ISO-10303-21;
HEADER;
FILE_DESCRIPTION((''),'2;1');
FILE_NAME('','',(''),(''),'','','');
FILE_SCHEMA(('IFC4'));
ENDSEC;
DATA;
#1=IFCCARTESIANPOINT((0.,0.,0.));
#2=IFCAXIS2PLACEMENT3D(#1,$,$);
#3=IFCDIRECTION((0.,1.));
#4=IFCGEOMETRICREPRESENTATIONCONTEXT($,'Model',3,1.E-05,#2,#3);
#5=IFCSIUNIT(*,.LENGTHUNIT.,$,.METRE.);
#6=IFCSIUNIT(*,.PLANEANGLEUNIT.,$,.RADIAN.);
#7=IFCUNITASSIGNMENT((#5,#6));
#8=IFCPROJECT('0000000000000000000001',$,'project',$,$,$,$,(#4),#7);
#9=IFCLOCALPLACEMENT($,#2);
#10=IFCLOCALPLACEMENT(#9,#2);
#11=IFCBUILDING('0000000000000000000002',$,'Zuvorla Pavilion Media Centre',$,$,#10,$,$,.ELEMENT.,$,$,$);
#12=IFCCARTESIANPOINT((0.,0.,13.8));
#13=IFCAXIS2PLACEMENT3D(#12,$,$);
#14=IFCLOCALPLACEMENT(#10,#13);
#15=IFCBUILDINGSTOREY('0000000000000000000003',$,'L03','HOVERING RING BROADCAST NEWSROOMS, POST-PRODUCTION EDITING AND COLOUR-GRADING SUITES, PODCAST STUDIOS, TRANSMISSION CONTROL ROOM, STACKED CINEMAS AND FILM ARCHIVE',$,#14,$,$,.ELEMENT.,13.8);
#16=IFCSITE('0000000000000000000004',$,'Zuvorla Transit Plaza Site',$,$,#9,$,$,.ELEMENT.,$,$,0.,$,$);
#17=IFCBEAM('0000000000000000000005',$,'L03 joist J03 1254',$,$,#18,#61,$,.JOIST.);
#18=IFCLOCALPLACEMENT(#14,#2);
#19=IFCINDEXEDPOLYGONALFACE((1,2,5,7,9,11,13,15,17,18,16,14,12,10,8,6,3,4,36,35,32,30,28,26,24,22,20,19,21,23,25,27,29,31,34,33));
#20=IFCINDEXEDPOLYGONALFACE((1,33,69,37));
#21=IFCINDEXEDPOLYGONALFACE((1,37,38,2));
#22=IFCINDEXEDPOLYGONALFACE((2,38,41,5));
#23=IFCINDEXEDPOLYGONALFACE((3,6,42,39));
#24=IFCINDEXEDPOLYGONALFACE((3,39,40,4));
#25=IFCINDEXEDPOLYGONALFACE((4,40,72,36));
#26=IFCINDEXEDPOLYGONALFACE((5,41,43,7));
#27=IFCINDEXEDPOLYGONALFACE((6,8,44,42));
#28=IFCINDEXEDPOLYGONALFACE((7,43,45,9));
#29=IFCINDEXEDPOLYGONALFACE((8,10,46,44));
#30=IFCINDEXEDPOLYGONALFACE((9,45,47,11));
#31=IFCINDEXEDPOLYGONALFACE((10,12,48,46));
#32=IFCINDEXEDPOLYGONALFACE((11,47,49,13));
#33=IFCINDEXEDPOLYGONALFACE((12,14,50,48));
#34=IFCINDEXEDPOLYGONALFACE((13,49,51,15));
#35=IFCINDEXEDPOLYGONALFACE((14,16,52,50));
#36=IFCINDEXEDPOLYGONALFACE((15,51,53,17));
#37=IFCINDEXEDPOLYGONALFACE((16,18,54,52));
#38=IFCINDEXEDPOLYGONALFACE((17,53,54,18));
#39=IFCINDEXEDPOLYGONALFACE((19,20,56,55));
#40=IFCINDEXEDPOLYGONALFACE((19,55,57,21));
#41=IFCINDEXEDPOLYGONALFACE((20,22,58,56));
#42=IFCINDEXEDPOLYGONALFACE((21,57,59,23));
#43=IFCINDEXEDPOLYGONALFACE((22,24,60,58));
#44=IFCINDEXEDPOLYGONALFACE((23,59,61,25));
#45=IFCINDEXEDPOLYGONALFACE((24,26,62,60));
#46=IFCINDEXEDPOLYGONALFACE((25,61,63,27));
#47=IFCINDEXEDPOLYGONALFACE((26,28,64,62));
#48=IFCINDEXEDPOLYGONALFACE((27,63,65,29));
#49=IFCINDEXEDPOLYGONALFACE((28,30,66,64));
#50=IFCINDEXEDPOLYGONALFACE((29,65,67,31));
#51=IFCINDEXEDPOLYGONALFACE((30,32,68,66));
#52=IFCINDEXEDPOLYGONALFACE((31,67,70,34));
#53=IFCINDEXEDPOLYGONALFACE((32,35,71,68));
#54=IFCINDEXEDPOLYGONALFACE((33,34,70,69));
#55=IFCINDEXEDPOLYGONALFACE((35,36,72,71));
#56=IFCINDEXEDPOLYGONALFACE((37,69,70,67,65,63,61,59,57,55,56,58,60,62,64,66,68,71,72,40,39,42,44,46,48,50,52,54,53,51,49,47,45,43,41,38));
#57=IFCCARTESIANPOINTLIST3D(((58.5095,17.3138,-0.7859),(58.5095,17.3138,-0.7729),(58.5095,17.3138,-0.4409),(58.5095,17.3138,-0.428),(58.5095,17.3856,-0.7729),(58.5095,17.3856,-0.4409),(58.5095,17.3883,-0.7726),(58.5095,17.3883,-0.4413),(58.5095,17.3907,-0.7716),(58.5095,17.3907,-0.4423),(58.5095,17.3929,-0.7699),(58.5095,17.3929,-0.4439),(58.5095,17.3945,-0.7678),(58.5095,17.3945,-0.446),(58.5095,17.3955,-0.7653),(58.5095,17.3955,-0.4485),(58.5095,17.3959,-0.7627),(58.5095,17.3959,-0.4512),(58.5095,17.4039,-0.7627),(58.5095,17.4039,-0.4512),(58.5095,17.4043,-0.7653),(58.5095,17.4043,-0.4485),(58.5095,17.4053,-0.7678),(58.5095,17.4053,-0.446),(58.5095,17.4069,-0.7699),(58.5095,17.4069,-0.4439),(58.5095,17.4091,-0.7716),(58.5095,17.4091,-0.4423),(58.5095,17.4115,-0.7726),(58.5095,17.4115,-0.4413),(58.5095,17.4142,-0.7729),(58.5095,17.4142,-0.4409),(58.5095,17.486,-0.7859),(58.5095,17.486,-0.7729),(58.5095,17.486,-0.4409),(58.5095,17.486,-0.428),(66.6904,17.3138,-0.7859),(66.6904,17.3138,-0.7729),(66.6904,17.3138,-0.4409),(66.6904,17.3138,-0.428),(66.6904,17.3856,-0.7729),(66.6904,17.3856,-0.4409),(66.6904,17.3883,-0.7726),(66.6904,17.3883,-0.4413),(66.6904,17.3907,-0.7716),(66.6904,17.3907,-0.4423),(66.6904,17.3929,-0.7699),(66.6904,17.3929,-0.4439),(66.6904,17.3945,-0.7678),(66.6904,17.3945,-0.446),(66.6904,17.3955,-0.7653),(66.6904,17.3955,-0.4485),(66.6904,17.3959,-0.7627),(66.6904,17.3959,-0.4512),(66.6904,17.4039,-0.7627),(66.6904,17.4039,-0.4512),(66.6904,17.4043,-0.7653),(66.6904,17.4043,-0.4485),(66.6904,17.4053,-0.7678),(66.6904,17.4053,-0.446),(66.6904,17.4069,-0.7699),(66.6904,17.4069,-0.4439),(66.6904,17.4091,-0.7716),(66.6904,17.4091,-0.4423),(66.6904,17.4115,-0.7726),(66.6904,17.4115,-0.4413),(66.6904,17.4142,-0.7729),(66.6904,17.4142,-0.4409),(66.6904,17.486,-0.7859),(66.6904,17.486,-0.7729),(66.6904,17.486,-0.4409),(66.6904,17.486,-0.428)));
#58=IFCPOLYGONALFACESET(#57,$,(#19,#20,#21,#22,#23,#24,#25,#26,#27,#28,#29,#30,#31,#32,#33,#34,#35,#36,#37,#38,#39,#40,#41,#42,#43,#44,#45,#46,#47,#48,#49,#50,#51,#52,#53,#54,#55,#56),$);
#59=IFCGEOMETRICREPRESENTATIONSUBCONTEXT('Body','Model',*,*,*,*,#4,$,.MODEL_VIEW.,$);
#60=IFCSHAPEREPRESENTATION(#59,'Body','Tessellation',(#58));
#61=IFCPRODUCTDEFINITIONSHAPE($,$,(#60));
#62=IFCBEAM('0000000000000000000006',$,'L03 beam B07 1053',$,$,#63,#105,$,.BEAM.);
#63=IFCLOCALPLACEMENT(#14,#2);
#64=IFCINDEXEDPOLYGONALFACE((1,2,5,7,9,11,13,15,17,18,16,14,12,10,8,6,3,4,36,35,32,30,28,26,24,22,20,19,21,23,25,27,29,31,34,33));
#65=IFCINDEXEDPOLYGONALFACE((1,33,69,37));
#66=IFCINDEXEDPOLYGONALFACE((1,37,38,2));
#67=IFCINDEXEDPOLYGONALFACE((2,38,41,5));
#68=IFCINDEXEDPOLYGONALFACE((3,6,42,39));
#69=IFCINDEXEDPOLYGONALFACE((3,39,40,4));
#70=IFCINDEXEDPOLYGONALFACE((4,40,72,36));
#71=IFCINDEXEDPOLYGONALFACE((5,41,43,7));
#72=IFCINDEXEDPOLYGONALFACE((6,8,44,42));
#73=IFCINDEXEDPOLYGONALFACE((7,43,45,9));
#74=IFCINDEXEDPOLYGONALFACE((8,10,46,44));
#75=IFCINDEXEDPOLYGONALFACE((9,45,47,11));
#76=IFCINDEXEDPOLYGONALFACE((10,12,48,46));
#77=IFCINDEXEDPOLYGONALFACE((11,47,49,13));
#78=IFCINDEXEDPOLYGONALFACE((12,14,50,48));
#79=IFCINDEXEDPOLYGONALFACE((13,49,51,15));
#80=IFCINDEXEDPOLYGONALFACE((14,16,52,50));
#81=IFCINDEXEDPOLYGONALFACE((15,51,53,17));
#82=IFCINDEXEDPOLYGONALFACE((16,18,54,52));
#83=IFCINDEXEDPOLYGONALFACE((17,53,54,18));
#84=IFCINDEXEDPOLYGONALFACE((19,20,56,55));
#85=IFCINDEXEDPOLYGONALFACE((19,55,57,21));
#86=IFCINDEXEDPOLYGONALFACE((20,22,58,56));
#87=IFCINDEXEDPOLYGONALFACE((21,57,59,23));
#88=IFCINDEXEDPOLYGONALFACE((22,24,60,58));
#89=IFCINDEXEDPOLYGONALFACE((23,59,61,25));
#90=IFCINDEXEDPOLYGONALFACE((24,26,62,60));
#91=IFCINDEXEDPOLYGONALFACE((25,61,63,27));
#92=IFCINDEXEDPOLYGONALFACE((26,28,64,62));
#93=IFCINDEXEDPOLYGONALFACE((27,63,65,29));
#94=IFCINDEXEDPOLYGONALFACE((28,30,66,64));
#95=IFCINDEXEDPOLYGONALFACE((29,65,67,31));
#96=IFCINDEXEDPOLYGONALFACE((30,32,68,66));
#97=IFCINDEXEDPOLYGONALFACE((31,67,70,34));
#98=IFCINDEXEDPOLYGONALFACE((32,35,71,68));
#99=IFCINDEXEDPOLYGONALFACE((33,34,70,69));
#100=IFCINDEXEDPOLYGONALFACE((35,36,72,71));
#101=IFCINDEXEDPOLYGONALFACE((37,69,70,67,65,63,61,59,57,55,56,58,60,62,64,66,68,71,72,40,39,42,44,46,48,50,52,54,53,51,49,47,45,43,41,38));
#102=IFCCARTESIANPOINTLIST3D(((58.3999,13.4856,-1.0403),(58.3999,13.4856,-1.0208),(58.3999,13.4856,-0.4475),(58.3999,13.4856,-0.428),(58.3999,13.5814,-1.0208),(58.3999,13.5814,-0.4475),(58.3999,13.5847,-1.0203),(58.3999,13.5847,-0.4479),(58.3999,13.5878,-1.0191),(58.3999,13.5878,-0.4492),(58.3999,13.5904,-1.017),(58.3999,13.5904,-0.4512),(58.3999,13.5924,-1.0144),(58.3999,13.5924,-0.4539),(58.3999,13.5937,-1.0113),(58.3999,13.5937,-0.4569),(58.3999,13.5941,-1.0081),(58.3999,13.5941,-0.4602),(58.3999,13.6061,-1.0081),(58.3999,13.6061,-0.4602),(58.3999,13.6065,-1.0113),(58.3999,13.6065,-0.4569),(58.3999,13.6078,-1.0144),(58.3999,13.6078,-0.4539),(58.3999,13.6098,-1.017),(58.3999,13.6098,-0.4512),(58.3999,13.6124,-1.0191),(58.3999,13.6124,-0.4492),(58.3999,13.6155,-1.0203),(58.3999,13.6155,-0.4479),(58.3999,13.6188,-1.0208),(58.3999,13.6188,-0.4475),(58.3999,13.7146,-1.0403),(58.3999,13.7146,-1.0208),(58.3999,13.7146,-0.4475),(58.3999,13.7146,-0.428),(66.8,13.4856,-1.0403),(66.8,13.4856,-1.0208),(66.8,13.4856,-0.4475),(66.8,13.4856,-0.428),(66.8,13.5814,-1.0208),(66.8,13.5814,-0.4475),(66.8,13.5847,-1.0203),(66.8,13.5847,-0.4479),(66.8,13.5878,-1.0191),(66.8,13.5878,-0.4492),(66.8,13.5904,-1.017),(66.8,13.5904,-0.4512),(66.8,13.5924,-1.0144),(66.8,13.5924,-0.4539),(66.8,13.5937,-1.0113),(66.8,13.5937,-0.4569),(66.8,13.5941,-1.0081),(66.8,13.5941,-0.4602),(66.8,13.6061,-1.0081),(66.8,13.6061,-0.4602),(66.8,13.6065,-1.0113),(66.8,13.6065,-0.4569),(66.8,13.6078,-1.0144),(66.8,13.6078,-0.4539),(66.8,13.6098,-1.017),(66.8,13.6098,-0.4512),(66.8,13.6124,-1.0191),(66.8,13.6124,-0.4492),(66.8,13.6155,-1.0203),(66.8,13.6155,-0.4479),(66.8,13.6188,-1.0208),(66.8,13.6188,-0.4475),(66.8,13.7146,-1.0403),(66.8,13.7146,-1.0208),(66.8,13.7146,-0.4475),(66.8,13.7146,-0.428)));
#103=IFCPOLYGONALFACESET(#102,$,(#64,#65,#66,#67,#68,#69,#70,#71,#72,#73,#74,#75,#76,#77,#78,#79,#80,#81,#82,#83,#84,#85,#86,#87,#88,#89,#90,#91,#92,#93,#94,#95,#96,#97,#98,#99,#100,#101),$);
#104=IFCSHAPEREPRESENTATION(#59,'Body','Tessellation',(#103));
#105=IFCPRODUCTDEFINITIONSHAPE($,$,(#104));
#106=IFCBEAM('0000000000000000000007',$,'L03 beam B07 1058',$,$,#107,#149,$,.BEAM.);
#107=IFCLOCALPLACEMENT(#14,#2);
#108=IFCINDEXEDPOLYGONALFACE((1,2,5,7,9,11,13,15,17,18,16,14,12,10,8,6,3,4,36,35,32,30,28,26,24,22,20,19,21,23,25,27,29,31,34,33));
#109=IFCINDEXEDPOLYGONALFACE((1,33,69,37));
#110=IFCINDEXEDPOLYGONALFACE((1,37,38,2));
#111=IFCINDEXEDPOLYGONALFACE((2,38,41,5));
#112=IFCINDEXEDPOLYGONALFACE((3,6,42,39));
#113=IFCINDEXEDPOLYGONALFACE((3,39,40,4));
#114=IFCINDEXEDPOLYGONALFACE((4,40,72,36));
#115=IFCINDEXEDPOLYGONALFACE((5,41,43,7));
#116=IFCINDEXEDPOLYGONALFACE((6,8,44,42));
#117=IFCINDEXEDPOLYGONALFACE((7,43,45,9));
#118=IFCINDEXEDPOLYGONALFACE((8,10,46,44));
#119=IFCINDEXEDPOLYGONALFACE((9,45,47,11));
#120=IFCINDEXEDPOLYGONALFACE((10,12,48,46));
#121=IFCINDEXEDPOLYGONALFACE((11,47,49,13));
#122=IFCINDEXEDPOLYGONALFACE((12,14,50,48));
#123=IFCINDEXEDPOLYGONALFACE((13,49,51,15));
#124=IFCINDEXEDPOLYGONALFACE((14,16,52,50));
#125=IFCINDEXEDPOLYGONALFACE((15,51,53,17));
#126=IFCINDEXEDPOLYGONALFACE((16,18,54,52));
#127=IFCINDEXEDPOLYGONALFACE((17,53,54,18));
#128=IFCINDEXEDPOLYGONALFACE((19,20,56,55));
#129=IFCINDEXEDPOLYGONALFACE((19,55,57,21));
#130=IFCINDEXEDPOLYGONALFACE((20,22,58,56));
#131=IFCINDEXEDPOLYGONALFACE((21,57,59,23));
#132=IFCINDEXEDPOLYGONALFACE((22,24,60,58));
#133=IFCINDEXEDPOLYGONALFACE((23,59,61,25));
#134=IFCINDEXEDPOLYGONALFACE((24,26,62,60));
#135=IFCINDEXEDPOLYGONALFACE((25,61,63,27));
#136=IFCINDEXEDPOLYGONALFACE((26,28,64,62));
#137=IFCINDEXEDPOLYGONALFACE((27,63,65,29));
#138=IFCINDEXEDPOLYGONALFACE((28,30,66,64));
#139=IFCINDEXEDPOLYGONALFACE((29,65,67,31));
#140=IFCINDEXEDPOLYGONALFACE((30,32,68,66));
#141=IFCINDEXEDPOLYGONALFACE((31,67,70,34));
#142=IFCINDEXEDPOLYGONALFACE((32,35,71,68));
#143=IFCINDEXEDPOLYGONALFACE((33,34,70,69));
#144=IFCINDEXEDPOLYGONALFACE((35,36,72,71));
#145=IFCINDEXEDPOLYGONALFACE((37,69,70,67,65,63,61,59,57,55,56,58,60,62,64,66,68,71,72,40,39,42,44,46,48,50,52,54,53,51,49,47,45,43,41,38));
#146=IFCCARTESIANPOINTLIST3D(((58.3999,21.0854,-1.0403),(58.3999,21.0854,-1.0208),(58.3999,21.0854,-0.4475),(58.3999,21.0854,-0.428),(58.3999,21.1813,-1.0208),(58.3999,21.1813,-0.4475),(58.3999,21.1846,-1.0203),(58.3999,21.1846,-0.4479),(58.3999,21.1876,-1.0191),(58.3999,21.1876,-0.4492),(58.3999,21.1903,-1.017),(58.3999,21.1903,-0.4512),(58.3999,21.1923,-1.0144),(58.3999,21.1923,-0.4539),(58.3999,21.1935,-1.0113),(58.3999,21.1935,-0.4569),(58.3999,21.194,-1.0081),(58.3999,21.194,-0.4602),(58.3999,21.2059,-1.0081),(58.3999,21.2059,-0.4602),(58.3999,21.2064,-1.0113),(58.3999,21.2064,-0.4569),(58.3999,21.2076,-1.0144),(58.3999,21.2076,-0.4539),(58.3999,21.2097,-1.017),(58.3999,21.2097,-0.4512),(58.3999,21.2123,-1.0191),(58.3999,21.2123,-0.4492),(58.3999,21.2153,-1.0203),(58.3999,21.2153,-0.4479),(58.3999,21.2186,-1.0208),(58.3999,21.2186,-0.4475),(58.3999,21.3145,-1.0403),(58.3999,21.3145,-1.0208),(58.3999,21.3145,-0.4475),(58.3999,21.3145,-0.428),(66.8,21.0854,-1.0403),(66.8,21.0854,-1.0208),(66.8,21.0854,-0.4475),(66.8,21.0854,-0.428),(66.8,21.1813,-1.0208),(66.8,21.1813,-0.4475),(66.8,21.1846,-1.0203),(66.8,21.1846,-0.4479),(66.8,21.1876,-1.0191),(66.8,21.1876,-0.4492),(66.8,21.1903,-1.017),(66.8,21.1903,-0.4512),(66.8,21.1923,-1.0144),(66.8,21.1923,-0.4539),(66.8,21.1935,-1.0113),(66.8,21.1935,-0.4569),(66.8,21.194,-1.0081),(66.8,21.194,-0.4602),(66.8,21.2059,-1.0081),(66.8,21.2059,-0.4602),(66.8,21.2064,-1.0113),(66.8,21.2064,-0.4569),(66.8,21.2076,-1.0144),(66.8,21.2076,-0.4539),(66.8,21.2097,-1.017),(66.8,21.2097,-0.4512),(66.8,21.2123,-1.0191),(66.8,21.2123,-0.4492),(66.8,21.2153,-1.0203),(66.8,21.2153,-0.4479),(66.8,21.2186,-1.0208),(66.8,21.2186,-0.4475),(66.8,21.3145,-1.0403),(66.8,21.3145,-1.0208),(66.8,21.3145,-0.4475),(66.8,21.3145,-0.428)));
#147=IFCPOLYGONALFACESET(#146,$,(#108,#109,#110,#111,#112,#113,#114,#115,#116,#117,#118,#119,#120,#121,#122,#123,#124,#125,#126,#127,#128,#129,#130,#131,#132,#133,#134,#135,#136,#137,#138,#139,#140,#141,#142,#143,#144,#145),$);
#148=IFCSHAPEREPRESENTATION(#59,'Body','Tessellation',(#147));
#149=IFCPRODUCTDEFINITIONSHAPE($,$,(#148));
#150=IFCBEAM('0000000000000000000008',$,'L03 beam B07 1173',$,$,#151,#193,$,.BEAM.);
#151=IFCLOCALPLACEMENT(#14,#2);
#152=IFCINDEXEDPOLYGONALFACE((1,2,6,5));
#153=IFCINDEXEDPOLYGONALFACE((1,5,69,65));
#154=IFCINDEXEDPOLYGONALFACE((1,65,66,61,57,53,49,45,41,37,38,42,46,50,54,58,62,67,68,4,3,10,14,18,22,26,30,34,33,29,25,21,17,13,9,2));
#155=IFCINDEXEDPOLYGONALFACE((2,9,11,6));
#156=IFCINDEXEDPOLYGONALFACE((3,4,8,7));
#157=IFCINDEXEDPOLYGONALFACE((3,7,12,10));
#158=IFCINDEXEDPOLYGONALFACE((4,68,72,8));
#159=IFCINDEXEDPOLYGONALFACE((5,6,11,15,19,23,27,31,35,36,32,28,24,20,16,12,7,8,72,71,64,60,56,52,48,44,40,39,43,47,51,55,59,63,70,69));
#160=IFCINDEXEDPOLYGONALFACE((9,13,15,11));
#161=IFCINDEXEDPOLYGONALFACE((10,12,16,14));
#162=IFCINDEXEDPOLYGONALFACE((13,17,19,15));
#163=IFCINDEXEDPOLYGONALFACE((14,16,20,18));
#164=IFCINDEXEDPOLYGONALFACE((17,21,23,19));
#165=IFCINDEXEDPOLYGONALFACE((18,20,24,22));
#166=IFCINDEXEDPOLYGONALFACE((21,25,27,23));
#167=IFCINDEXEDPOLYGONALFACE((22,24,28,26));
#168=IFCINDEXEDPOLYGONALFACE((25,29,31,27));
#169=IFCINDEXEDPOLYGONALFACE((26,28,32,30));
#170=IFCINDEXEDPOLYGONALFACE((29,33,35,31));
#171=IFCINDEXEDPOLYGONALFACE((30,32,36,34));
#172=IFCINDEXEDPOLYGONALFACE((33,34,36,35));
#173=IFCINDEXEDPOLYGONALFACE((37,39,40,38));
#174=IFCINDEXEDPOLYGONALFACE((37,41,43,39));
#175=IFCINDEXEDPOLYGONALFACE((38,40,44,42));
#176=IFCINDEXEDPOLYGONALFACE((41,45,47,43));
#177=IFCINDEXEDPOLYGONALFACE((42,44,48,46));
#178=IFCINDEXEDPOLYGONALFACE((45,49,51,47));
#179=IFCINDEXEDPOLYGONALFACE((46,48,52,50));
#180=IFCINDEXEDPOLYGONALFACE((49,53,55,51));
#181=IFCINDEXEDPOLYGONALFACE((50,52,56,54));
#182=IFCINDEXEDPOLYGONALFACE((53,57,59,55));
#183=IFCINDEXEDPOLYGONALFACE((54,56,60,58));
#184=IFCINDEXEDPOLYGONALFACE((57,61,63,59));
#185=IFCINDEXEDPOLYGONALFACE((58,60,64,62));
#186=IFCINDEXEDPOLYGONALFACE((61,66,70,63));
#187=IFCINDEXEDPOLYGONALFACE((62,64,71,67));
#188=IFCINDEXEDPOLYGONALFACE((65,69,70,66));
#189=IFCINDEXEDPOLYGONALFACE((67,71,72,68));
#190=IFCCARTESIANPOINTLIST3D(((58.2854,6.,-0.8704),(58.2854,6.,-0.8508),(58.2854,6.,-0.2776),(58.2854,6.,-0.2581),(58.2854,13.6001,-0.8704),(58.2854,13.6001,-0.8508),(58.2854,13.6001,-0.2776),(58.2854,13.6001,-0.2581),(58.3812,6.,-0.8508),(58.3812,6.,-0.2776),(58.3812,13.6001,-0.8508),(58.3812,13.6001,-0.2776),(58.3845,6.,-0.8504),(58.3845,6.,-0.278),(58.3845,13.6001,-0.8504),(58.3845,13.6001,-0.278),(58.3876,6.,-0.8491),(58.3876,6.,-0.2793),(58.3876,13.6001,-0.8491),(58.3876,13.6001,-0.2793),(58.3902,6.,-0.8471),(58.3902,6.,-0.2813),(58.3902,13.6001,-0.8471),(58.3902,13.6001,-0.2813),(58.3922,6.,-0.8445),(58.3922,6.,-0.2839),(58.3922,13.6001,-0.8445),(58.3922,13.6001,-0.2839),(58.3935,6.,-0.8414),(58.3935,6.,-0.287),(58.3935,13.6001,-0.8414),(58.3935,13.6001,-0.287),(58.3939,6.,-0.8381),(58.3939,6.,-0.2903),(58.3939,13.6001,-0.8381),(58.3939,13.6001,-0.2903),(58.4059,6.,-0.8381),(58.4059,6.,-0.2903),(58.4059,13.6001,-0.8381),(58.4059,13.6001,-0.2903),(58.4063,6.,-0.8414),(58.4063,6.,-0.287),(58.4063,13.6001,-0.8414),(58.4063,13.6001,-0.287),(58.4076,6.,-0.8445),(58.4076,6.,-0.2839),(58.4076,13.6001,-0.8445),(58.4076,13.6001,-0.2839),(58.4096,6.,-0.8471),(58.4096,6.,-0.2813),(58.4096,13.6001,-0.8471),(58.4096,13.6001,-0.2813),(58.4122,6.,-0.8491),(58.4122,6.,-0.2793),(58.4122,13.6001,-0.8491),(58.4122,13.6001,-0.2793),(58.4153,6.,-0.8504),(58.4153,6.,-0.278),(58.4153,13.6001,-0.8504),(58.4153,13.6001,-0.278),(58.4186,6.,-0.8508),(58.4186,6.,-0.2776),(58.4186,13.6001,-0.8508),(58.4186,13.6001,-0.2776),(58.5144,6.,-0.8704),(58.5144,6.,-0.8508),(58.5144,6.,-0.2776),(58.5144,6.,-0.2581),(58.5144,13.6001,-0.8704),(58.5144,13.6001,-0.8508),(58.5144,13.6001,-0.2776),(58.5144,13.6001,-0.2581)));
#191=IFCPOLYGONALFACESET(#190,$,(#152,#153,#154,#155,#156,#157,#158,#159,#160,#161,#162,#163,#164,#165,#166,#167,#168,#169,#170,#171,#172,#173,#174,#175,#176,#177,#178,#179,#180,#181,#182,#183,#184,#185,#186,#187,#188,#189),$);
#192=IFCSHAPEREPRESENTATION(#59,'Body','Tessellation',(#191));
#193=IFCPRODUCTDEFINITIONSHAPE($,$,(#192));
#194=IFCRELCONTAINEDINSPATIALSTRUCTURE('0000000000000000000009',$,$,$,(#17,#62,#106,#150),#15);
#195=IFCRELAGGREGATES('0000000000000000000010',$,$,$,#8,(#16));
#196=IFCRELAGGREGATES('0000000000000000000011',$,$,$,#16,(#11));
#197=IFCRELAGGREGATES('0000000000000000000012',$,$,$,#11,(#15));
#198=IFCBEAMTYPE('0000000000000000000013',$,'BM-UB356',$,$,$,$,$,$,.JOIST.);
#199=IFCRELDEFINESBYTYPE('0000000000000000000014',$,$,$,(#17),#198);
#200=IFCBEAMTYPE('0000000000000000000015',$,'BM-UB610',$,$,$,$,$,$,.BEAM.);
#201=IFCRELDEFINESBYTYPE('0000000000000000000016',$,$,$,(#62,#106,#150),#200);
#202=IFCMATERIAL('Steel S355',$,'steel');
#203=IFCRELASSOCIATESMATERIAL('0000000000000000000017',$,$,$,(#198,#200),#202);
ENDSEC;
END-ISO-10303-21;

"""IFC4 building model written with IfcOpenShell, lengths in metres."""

from ifc_helpers import new_model, si_unit, direction, frame, origin, origin_2d, place, context, subcontext, project, spatial, i_section, extrude, material, material_profile, profile_set, type_object, element, save


model = new_model("IFC4")

# Units and contexts
model_context = context("Model", 3, precision=1e-05, world=origin(), true_north=direction((0.0, 1.0)))
body_context = subcontext(model_context, "Body", "Model", "MODEL_VIEW")
ifc_project = project(units=[si_unit("LENGTHUNIT", "METRE"), si_unit("PLANEANGLEUNIT", "RADIAN")], contexts=[model_context])

# Site, building, storey
site_placement = place(None, origin())
site = spatial("IfcSite", under=ifc_project, at=site_placement, Name="Zuvorla Transit Plaza Site", CompositionType="ELEMENT", RefElevation=0.0)
building_placement = place(site_placement, origin())
building = spatial("IfcBuilding", under=site, at=building_placement, Name="Zuvorla Pavilion Media Centre", CompositionType="ELEMENT")
storey_placement = place(building_placement, frame((0.0, 0.0, 13.8)))
storey = spatial("IfcBuildingStorey", under=building, at=storey_placement, Name="L03", Description="HOVERING RING BROADCAST NEWSROOMS, POST-PRODUCTION EDITING AND COLOUR-GRADING SUITES, PODCAST STUDIOS, TRANSMISSION CONTROL ROOM, STACKED CINEMAS AND FILM ARCHIVE", CompositionType="ELEMENT", Elevation=13.8)

# Beams
ifc_material_1 = material(Name="Steel S355", Category="steel")
ifc_material_profile_1 = material_profile(ifc_material_1, i_section(OverallWidth=0.1721, OverallDepth=0.3579, WebThickness=0.0081, FlangeThickness=0.0129, FilletRadius=0.0103, at=origin_2d()), Name="UB 356x171x57")
ifc_profile_set_1 = profile_set([ifc_material_profile_1], Name="Steel S355")
beam_type_1 = type_object("IfcBeamType", Name="BM-UB356", PredefinedType="JOIST", material=ifc_profile_set_1)
for number, where, z_axis, x_axis, name in (
    (1, (58.5095, 17.3999, -0.6069), (1.0, 0.0, 0.0), (0.0, 1.0, 0.0), "L03 joist J03 1254"),
):
    element("IfcBeam", number, at=place(storey_placement, frame(where, z_axis=z_axis, x_axis=x_axis)), inside=storey, type_object=beam_type_1, Name=name, PredefinedType="JOIST", context=body_context, shape_type="SweptSolid", body=[
        extrude(i_section(OverallWidth=0.1721, OverallDepth=0.3579, WebThickness=0.0081, FlangeThickness=0.0129, FilletRadius=0.0103, at=origin_2d()), origin(), (0.0, 0.0, 1.0), 8.1809),
    ])
ifc_material_profile_2 = material_profile(ifc_material_1, i_section(OverallWidth=0.229, OverallDepth=0.6123, WebThickness=0.012, FlangeThickness=0.0195, FilletRadius=0.0127, at=origin_2d()), Name="UB 610x229x125")
ifc_profile_set_2 = profile_set([ifc_material_profile_2], Name="Steel S355")
beam_type_2 = type_object("IfcBeamType", Name="BM-UB610", PredefinedType="BEAM", material=ifc_profile_set_2)
for number, where, z_axis, x_axis, name in (
    (2, (58.3999, 13.6001, -0.7341), (1.0, 0.0, 0.0), (0.0, 1.0, 0.0), "L03 beam B07 1053"),
    (3, (58.3999, 21.2, -0.7341), (1.0, 0.0, 0.0), (0.0, 1.0, 0.0), "L03 beam B07 1058"),
):
    element("IfcBeam", number, at=place(storey_placement, frame(where, z_axis=z_axis, x_axis=x_axis)), inside=storey, type_object=beam_type_2, Name=name, PredefinedType="BEAM", context=body_context, shape_type="SweptSolid", body=[
        extrude(i_section(OverallWidth=0.229, OverallDepth=0.6123, WebThickness=0.012, FlangeThickness=0.0195, FilletRadius=0.0127, at=origin_2d()), origin(), (0.0, 0.0, 1.0), 8.4001),
    ])
beam_1_placement = place(storey_placement, frame((58.3999, 6.0, -0.5642), z_axis=(0.0, 1.0, 0.0), x_axis=(-1.0, 0.0, 0.0)))
element("IfcBeam", 4, at=beam_1_placement, inside=storey, type_object=beam_type_2, Name="L03 beam B07 1173", PredefinedType="BEAM", context=body_context, shape_type="SweptSolid", body=[
    extrude(i_section(OverallWidth=0.229, OverallDepth=0.6123, WebThickness=0.012, FlangeThickness=0.0195, FilletRadius=0.0127, at=origin_2d()), origin(), (0.0, 0.0, 1.0), 7.6001),
])

save(model, "model.ifc")
